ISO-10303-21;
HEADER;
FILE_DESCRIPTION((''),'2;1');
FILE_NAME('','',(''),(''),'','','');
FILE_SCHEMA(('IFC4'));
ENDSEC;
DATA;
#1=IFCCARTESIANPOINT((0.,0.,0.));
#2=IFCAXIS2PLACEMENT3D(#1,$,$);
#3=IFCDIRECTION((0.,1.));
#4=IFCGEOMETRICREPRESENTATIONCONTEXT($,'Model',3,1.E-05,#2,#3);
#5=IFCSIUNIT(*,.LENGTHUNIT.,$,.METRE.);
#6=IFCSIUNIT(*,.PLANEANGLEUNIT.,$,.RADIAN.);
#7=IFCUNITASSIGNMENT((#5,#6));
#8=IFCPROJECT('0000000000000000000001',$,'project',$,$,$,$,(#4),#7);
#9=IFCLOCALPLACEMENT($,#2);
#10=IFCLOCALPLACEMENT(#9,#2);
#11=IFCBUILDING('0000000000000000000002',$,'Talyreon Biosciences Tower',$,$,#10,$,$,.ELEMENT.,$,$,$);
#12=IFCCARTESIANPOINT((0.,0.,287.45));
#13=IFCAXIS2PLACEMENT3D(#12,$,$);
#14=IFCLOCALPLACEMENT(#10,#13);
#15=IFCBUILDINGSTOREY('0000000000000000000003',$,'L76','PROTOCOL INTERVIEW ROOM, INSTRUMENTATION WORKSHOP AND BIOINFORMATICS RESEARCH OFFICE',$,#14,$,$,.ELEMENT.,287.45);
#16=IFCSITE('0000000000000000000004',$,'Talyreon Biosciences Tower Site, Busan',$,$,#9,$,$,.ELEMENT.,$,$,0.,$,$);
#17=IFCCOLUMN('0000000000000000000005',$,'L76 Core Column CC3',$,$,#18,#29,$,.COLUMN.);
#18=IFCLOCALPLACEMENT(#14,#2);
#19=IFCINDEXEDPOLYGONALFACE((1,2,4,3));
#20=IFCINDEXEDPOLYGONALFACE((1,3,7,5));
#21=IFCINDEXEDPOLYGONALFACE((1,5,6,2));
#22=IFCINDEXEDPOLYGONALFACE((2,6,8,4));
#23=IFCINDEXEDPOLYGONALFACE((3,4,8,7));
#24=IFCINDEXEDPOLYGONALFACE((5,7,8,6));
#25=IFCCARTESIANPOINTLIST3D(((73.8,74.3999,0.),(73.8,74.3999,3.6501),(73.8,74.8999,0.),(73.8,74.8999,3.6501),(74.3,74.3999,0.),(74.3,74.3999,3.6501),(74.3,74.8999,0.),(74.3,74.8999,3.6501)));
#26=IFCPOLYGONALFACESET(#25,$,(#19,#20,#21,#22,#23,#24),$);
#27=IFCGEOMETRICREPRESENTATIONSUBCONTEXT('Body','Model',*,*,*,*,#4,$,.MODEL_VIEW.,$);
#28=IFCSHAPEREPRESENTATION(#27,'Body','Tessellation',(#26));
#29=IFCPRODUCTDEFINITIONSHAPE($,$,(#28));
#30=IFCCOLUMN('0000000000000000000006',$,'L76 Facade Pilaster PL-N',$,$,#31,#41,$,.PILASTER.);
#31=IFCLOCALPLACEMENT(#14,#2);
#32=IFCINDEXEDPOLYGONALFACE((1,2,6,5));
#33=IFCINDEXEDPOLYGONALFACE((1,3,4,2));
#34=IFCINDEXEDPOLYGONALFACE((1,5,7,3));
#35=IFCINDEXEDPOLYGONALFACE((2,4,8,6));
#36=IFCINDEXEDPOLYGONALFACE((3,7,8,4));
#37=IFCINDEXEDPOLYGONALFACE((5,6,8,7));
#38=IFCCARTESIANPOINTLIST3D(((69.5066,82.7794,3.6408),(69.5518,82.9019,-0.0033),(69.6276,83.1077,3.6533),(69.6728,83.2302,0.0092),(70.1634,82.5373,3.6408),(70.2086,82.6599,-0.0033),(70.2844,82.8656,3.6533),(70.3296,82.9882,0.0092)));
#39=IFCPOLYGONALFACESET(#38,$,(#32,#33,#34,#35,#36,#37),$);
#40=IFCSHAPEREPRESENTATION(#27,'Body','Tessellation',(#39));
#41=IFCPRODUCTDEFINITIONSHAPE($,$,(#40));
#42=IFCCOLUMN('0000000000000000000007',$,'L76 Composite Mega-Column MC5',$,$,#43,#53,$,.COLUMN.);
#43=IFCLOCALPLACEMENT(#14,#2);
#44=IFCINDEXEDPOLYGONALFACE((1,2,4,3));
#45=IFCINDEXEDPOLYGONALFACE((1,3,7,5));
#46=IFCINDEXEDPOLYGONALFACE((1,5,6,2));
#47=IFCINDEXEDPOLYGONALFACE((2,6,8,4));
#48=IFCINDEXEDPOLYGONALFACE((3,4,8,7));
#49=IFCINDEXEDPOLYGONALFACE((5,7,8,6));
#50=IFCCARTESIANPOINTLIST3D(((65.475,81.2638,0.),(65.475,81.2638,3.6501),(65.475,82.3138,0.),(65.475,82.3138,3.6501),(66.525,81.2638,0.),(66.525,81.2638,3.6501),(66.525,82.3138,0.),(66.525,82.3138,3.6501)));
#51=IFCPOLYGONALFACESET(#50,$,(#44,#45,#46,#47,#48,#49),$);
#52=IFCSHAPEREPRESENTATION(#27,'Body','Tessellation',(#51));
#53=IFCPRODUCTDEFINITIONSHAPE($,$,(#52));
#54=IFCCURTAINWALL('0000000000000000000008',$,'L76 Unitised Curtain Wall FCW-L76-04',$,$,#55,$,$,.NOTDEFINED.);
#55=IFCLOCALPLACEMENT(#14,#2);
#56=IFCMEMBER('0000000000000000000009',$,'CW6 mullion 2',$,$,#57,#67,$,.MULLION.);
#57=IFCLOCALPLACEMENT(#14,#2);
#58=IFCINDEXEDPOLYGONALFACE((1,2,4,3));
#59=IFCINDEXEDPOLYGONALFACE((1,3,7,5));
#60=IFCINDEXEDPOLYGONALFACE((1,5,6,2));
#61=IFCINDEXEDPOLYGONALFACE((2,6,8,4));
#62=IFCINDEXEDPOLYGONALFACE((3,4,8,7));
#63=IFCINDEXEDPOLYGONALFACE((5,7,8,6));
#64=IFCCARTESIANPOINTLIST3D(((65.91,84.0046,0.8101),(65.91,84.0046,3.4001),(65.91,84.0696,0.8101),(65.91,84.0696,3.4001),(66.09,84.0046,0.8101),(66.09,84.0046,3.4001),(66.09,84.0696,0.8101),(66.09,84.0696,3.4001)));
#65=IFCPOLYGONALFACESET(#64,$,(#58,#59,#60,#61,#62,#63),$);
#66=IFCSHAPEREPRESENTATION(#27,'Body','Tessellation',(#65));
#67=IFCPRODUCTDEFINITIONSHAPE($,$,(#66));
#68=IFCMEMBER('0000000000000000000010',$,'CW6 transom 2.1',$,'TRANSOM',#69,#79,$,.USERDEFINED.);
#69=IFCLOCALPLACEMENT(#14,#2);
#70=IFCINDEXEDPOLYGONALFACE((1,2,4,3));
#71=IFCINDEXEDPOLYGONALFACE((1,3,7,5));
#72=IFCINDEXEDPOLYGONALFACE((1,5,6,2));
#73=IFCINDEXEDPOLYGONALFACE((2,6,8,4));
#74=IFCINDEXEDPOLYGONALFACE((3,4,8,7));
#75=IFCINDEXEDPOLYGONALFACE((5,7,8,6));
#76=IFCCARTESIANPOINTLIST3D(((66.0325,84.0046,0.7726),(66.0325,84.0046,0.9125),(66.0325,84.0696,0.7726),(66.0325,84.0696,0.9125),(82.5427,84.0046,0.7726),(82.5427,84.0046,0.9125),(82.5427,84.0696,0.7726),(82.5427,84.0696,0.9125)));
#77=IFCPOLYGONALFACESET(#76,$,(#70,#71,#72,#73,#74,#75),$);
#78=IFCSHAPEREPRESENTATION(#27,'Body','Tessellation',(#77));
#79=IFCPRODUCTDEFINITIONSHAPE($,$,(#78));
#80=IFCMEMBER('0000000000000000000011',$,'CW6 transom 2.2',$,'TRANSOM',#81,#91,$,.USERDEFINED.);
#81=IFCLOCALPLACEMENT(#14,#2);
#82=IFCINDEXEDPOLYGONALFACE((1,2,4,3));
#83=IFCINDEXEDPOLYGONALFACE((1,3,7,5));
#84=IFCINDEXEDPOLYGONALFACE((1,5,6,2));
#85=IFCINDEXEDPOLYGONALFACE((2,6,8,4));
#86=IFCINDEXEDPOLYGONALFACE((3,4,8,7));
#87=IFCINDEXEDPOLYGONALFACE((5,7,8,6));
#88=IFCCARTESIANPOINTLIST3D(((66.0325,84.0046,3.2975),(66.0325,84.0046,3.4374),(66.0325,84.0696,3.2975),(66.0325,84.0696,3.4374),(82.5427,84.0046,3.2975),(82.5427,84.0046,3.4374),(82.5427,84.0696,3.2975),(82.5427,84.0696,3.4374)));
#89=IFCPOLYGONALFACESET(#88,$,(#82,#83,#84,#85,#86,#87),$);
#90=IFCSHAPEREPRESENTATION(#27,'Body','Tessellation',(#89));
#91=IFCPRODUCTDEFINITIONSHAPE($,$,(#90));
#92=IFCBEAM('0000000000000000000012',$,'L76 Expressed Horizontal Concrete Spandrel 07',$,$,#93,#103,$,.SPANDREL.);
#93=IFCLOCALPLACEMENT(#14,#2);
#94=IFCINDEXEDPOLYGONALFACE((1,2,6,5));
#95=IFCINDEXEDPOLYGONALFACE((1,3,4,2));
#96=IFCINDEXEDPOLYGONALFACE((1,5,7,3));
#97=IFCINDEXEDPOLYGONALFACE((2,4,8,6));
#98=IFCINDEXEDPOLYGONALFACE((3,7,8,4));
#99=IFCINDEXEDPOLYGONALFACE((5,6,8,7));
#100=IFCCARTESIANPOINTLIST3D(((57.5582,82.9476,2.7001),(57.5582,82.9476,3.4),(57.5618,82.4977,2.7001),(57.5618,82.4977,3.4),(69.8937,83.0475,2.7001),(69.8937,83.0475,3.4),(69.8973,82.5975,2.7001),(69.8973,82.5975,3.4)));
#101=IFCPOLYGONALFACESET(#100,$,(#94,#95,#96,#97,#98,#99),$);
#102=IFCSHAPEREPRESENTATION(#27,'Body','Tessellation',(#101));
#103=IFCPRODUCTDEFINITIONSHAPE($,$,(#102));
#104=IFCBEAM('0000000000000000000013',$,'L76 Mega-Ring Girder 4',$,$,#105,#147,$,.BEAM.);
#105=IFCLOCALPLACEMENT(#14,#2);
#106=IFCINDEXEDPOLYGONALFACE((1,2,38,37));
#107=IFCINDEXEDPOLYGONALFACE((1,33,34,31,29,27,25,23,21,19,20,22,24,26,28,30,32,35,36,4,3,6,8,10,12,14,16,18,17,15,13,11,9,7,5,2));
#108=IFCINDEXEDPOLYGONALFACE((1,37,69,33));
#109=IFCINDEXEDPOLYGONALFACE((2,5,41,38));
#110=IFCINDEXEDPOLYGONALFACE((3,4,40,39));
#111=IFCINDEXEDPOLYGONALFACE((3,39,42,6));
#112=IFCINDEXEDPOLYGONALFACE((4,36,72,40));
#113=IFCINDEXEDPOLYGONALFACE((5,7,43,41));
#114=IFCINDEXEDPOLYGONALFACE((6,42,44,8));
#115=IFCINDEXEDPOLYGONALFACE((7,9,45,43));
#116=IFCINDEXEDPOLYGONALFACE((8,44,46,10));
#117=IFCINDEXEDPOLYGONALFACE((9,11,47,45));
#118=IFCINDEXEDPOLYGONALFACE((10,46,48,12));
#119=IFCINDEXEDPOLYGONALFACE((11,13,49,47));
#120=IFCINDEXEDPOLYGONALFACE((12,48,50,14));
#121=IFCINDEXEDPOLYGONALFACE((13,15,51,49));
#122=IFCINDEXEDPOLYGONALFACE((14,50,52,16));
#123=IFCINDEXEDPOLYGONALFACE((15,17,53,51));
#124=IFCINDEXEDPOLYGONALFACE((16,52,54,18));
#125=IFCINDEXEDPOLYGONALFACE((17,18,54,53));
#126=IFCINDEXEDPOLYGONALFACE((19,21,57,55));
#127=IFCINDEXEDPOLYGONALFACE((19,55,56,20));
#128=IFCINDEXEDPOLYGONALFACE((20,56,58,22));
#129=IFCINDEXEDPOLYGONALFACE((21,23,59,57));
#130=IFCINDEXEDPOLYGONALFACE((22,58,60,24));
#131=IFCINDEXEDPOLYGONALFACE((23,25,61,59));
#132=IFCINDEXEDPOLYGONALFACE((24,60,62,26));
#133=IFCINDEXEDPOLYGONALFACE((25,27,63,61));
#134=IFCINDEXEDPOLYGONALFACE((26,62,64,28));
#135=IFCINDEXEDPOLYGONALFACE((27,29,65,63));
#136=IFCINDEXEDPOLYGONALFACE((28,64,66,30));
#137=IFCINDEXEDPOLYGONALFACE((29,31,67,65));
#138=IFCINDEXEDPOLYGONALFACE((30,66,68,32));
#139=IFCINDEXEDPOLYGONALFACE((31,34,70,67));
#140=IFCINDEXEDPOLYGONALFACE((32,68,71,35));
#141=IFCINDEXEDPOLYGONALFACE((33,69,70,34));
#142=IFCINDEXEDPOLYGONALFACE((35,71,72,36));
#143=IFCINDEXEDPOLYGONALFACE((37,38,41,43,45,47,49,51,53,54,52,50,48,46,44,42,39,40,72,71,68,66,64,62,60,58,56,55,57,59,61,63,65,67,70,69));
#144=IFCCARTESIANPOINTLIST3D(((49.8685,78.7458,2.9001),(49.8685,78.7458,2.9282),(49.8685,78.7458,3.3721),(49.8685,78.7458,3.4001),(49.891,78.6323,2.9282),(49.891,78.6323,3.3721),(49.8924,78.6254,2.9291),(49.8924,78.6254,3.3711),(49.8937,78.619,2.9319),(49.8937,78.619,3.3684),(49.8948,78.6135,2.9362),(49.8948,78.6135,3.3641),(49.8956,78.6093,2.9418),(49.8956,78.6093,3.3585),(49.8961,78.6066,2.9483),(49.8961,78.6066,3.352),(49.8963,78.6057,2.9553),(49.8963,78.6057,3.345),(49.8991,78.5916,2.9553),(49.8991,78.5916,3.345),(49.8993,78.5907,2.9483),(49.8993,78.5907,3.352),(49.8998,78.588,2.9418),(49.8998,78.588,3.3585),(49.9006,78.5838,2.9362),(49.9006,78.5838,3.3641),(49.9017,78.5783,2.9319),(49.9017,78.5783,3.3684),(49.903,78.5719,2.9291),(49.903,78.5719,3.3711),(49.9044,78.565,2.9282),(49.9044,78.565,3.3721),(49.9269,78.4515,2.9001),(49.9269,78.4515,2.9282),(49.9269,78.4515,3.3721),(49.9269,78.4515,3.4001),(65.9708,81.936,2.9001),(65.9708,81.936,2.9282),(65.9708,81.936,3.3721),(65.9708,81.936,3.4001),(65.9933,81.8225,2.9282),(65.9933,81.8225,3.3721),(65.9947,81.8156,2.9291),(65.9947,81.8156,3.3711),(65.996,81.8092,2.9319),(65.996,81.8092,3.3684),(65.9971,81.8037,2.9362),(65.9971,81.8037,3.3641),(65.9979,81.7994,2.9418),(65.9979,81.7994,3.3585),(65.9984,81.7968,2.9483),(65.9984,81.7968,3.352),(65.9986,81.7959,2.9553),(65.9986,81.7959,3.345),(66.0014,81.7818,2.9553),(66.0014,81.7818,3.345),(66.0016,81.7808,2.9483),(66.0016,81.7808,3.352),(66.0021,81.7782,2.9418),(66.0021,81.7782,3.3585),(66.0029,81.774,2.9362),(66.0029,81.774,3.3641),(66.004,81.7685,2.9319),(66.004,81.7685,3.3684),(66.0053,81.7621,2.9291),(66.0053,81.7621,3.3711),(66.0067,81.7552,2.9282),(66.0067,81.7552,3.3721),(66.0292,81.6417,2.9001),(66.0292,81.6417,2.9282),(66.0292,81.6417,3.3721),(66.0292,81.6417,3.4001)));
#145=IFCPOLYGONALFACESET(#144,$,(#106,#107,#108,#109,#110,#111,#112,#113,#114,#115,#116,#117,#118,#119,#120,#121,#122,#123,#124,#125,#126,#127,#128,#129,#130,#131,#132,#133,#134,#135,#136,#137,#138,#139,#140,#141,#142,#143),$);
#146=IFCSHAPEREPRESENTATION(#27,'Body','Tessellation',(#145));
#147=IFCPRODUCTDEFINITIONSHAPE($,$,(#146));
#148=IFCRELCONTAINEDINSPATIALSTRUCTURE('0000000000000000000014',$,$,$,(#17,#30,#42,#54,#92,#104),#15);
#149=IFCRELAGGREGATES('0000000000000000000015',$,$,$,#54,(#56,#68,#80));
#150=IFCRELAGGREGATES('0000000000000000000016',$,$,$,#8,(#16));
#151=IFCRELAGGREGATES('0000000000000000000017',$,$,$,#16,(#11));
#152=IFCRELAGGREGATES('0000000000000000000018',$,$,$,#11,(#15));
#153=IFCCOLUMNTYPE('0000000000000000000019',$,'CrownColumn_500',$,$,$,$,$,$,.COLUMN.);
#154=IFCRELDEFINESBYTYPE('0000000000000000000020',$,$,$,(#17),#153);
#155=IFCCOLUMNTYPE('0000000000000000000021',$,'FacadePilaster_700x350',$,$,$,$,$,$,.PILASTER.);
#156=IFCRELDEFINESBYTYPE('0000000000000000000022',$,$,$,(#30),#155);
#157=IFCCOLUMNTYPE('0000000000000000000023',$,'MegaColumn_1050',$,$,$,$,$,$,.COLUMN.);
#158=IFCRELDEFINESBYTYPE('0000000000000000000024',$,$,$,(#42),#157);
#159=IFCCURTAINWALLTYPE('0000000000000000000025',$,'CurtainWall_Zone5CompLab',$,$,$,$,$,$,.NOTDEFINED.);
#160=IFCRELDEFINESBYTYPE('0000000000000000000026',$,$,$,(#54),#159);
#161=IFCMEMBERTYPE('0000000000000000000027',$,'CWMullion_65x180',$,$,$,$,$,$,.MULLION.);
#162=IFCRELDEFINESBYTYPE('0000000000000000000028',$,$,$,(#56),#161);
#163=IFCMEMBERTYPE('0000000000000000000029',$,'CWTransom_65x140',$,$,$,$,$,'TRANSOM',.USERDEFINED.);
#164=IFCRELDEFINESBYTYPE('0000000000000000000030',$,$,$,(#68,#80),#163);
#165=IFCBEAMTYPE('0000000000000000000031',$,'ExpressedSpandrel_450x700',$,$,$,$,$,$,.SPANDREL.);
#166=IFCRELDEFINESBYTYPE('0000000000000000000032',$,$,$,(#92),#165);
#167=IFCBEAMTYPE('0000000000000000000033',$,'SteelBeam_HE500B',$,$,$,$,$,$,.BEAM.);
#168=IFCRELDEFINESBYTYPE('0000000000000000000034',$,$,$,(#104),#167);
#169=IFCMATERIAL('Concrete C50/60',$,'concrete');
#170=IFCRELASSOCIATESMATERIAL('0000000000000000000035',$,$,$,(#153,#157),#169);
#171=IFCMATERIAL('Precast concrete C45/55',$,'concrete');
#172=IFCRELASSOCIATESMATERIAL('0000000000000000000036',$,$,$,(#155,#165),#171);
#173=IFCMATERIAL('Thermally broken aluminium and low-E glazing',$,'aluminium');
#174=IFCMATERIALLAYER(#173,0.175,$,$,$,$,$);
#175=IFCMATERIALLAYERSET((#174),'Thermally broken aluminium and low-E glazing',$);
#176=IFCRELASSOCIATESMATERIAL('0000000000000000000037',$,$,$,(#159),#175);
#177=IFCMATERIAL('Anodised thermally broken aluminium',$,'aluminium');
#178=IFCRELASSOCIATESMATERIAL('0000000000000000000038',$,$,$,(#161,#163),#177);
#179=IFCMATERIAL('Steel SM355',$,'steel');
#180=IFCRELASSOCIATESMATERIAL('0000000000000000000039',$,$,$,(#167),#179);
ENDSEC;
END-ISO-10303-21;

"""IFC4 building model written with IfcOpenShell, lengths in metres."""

from ifc_helpers import new_model, si_unit, direction, frame, origin, origin_2d, place, context, subcontext, project, spatial, rectangle, i_section, extrude, material, layer, layer_set, material_profile, profile_set, type_object, element, aggregate, save


model = new_model("IFC4")

# Units and contexts
model_context = context("Model", 3, precision=1e-05, world=origin(), true_north=direction((0.0, 1.0)))
body_context = subcontext(model_context, "Body", "Model", "MODEL_VIEW")
ifc_project = project(units=[si_unit("LENGTHUNIT", "METRE"), si_unit("PLANEANGLEUNIT", "RADIAN")], contexts=[model_context])

# Site, building, storey
site_placement = place(None, origin())
site = spatial("IfcSite", under=ifc_project, at=site_placement, Name="Talyreon Biosciences Tower Site, Busan", CompositionType="ELEMENT", RefElevation=0.0)
building_placement = place(site_placement, origin())
building = spatial("IfcBuilding", under=site, at=building_placement, Name="Talyreon Biosciences Tower", CompositionType="ELEMENT")
storey_placement = place(building_placement, frame((0.0, 0.0, 287.45)))
storey = spatial("IfcBuildingStorey", under=building, at=storey_placement, Name="L76", Description="PROTOCOL INTERVIEW ROOM, INSTRUMENTATION WORKSHOP AND BIOINFORMATICS RESEARCH OFFICE", CompositionType="ELEMENT", Elevation=287.45)

# Columns
ifc_material_1 = material(Name="Concrete C50/60", Category="concrete")
ifc_material_profile_1 = material_profile(ifc_material_1, rectangle(XDim=0.5, YDim=0.5, at=origin_2d()), Name="RC 500x500")
ifc_profile_set_1 = profile_set([ifc_material_profile_1], Name="Concrete C50/60")
column_type_1 = type_object("IfcColumnType", Name="CrownColumn_500", PredefinedType="COLUMN", material=ifc_profile_set_1)
column_1_placement = place(storey_placement, frame((74.05, 74.6499, 0.0), z_axis=(0.0, 0.0, 1.0), x_axis=(1.0, 0.0, 0.0)))
element("IfcColumn", 1, at=column_1_placement, inside=storey, type_object=column_type_1, Name="L76 Core Column CC3", PredefinedType="COLUMN", context=body_context, shape_type="SweptSolid", body=[
    extrude(rectangle(XDim=0.5, YDim=0.5, at=origin_2d()), origin(), (0.0, 0.0, 1.0), 3.6501),
])
ifc_material_2 = material(Name="Precast concrete C45/55", Category="concrete")
ifc_material_profile_2 = material_profile(ifc_material_2, rectangle(XDim=0.7, YDim=0.3501, at=origin_2d()), Name="RC 700x350")
ifc_profile_set_2 = profile_set([ifc_material_profile_2], Name="Precast concrete C45/55")
column_type_2 = type_object("IfcColumnType", Name="FacadePilaster_700x350", PredefinedType="PILASTER", material=ifc_profile_set_2)
column_2_placement = place(storey_placement, frame((69.9407, 82.9451, 0.0029), z_axis=(-0.012387, -0.033611, 0.999358), x_axis=(-0.938311, 0.345792, 0.0)))
element("IfcColumn", 2, at=column_2_placement, inside=storey, type_object=column_type_2, Name="L76 Facade Pilaster PL-N", PredefinedType="PILASTER", context=body_context, shape_type="SweptSolid", body=[
    extrude(rectangle(XDim=0.7, YDim=0.3501, at=origin_2d()), origin(), (0.0, 0.0, 1.0), 3.6465),
])
ifc_material_profile_3 = material_profile(ifc_material_1, rectangle(XDim=1.05, YDim=1.05, at=origin_2d()), Name="RC 1050x1050")
ifc_profile_set_3 = profile_set([ifc_material_profile_3], Name="Concrete C50/60")
column_type_3 = type_object("IfcColumnType", Name="MegaColumn_1050", PredefinedType="COLUMN", material=ifc_profile_set_3)
column_3_placement = place(storey_placement, frame((66.0, 81.7888, 0.0), z_axis=(0.0, 0.0, 1.0), x_axis=(1.0, 0.0, 0.0)))
element("IfcColumn", 3, at=column_3_placement, inside=storey, type_object=column_type_3, Name="L76 Composite Mega-Column MC5", PredefinedType="COLUMN", context=body_context, shape_type="SweptSolid", body=[
    extrude(rectangle(XDim=1.05, YDim=1.05, at=origin_2d()), origin(), (0.0, 0.0, 1.0), 3.6501),
])

# Curtain wall, members
ifc_material_3 = material(Name="Thermally broken aluminium and low-E glazing", Category="aluminium")
ifc_layer_1 = layer(ifc_material_3, 0.175)
ifc_layer_set_1 = layer_set([ifc_layer_1], Name="Thermally broken aluminium and low-E glazing")
curtain_wall_type = type_object("IfcCurtainWallType", Name="CurtainWall_Zone5CompLab", PredefinedType="NOTDEFINED", material=ifc_layer_set_1)
curtain_wall_placement = place(storey_placement, origin())
curtain_wall = element("IfcCurtainWall", 4, at=curtain_wall_placement, inside=storey, type_object=curtain_wall_type, Name="L76 Unitised Curtain Wall FCW-L76-04", PredefinedType="NOTDEFINED")
ifc_material_4 = material(Name="Anodised thermally broken aluminium", Category="aluminium")
ifc_material_profile_4 = material_profile(ifc_material_4, rectangle(XDim=0.0649, YDim=0.1799, at=origin_2d()), Name="ALUM MULLION 65x180")
ifc_profile_set_4 = profile_set([ifc_material_profile_4], Name="Anodised thermally broken aluminium")
member_type_1 = type_object("IfcMemberType", Name="CWMullion_65x180", PredefinedType="MULLION", material=ifc_profile_set_4)
member_1_placement = place(storey_placement, frame((66.0, 84.0371, 0.8101), z_axis=(0.0, 0.0, 1.0), x_axis=(0.0, 1.0, 0.0)))
member_1 = element("IfcMember", 5, at=member_1_placement, type_object=member_type_1, Name="CW6 mullion 2", PredefinedType="MULLION", context=body_context, shape_type="SweptSolid", body=[
    extrude(rectangle(XDim=0.0649, YDim=0.1799, at=origin_2d()), origin(), (0.0, 0.0, 1.0), 2.5901),
])
ifc_material_profile_5 = material_profile(ifc_material_4, rectangle(XDim=0.0649, YDim=0.1399, at=origin_2d()), Name="ALUM TRANSOM 65x140")
ifc_profile_set_5 = profile_set([ifc_material_profile_5], Name="Anodised thermally broken aluminium")
member_type_2 = type_object("IfcMemberType", Name="CWTransom_65x140", ElementType="TRANSOM", PredefinedType="USERDEFINED", material=ifc_profile_set_5)
member_2_placement = place(storey_placement, frame((66.0325, 84.0371, 0.8425), z_axis=(1.0, 0.0, 0.0), x_axis=(0.0, 1.0, 0.0)))
member_2 = element("IfcMember", 6, at=member_2_placement, type_object=member_type_2, Name="CW6 transom 2.1", ObjectType="TRANSOM", PredefinedType="USERDEFINED", context=body_context, shape_type="SweptSolid", body=[
    extrude(rectangle(XDim=0.0649, YDim=0.1399, at=origin_2d()), origin(), (0.0, 0.0, 1.0), 16.5103),
])
member_3_placement = place(storey_placement, frame((66.0325, 84.0371, 3.3674), z_axis=(1.0, 0.0, 0.0), x_axis=(0.0, 1.0, 0.0)))
member_3 = element("IfcMember", 7, at=member_3_placement, type_object=member_type_2, Name="CW6 transom 2.2", ObjectType="TRANSOM", PredefinedType="USERDEFINED", context=body_context, shape_type="SweptSolid", body=[
    extrude(rectangle(XDim=0.0649, YDim=0.1399, at=origin_2d()), origin(), (0.0, 0.0, 1.0), 16.5103),
])
aggregate(curtain_wall, [member_1, member_2, member_3])

# Beams
ifc_material_profile_6 = material_profile(ifc_material_2, rectangle(XDim=0.45, YDim=0.7, at=origin_2d()), Name="RCB 450x700")
ifc_profile_set_6 = profile_set([ifc_material_profile_6], Name="Precast concrete C45/55")
beam_type_1 = type_object("IfcBeamType", Name="ExpressedSpandrel_450x700", PredefinedType="SPANDREL", material=ifc_profile_set_6)
beam_1_placement = place(storey_placement, frame((69.8955, 82.8225, 3.05), z_axis=(-0.999967, -0.008095, 0.0), x_axis=(0.008095, -0.999967, 0.0)))
element("IfcBeam", 8, at=beam_1_placement, inside=storey, type_object=beam_type_1, Name="L76 Expressed Horizontal Concrete Spandrel 07", PredefinedType="SPANDREL", context=body_context, shape_type="SweptSolid", body=[
    extrude(rectangle(XDim=0.45, YDim=0.7, at=origin_2d()), origin(), (0.0, 0.0, 1.0), 12.3359),
])
ifc_material_5 = material(Name="Steel SM355", Category="steel")
ifc_material_profile_7 = material_profile(ifc_material_5, i_section(OverallWidth=0.3, OverallDepth=0.5, WebThickness=0.0144, FlangeThickness=0.0281, FilletRadius=0.0271, at=origin_2d()), Name="HE500B")
ifc_profile_set_7 = profile_set([ifc_material_profile_7], Name="Steel SM355")
beam_type_2 = type_object("IfcBeamType", Name="SteelBeam_HE500B", PredefinedType="BEAM", material=ifc_profile_set_7)
beam_2_placement = place(storey_placement, frame((66.0, 81.7888, 3.1501), z_axis=(-0.980934, -0.194343, 0.0), x_axis=(0.194343, -0.980934, 0.0)))
element("IfcBeam", 9, at=beam_2_placement, inside=storey, type_object=beam_type_2, Name="L76 Mega-Ring Girder 4", PredefinedType="BEAM", context=body_context, shape_type="SweptSolid", body=[
    extrude(i_section(OverallWidth=0.3, OverallDepth=0.5, WebThickness=0.0144, FlangeThickness=0.0281, FilletRadius=0.0271, at=origin_2d()), origin(), (0.0, 0.0, 1.0), 16.4153),
])

save(model, "model.ifc")
